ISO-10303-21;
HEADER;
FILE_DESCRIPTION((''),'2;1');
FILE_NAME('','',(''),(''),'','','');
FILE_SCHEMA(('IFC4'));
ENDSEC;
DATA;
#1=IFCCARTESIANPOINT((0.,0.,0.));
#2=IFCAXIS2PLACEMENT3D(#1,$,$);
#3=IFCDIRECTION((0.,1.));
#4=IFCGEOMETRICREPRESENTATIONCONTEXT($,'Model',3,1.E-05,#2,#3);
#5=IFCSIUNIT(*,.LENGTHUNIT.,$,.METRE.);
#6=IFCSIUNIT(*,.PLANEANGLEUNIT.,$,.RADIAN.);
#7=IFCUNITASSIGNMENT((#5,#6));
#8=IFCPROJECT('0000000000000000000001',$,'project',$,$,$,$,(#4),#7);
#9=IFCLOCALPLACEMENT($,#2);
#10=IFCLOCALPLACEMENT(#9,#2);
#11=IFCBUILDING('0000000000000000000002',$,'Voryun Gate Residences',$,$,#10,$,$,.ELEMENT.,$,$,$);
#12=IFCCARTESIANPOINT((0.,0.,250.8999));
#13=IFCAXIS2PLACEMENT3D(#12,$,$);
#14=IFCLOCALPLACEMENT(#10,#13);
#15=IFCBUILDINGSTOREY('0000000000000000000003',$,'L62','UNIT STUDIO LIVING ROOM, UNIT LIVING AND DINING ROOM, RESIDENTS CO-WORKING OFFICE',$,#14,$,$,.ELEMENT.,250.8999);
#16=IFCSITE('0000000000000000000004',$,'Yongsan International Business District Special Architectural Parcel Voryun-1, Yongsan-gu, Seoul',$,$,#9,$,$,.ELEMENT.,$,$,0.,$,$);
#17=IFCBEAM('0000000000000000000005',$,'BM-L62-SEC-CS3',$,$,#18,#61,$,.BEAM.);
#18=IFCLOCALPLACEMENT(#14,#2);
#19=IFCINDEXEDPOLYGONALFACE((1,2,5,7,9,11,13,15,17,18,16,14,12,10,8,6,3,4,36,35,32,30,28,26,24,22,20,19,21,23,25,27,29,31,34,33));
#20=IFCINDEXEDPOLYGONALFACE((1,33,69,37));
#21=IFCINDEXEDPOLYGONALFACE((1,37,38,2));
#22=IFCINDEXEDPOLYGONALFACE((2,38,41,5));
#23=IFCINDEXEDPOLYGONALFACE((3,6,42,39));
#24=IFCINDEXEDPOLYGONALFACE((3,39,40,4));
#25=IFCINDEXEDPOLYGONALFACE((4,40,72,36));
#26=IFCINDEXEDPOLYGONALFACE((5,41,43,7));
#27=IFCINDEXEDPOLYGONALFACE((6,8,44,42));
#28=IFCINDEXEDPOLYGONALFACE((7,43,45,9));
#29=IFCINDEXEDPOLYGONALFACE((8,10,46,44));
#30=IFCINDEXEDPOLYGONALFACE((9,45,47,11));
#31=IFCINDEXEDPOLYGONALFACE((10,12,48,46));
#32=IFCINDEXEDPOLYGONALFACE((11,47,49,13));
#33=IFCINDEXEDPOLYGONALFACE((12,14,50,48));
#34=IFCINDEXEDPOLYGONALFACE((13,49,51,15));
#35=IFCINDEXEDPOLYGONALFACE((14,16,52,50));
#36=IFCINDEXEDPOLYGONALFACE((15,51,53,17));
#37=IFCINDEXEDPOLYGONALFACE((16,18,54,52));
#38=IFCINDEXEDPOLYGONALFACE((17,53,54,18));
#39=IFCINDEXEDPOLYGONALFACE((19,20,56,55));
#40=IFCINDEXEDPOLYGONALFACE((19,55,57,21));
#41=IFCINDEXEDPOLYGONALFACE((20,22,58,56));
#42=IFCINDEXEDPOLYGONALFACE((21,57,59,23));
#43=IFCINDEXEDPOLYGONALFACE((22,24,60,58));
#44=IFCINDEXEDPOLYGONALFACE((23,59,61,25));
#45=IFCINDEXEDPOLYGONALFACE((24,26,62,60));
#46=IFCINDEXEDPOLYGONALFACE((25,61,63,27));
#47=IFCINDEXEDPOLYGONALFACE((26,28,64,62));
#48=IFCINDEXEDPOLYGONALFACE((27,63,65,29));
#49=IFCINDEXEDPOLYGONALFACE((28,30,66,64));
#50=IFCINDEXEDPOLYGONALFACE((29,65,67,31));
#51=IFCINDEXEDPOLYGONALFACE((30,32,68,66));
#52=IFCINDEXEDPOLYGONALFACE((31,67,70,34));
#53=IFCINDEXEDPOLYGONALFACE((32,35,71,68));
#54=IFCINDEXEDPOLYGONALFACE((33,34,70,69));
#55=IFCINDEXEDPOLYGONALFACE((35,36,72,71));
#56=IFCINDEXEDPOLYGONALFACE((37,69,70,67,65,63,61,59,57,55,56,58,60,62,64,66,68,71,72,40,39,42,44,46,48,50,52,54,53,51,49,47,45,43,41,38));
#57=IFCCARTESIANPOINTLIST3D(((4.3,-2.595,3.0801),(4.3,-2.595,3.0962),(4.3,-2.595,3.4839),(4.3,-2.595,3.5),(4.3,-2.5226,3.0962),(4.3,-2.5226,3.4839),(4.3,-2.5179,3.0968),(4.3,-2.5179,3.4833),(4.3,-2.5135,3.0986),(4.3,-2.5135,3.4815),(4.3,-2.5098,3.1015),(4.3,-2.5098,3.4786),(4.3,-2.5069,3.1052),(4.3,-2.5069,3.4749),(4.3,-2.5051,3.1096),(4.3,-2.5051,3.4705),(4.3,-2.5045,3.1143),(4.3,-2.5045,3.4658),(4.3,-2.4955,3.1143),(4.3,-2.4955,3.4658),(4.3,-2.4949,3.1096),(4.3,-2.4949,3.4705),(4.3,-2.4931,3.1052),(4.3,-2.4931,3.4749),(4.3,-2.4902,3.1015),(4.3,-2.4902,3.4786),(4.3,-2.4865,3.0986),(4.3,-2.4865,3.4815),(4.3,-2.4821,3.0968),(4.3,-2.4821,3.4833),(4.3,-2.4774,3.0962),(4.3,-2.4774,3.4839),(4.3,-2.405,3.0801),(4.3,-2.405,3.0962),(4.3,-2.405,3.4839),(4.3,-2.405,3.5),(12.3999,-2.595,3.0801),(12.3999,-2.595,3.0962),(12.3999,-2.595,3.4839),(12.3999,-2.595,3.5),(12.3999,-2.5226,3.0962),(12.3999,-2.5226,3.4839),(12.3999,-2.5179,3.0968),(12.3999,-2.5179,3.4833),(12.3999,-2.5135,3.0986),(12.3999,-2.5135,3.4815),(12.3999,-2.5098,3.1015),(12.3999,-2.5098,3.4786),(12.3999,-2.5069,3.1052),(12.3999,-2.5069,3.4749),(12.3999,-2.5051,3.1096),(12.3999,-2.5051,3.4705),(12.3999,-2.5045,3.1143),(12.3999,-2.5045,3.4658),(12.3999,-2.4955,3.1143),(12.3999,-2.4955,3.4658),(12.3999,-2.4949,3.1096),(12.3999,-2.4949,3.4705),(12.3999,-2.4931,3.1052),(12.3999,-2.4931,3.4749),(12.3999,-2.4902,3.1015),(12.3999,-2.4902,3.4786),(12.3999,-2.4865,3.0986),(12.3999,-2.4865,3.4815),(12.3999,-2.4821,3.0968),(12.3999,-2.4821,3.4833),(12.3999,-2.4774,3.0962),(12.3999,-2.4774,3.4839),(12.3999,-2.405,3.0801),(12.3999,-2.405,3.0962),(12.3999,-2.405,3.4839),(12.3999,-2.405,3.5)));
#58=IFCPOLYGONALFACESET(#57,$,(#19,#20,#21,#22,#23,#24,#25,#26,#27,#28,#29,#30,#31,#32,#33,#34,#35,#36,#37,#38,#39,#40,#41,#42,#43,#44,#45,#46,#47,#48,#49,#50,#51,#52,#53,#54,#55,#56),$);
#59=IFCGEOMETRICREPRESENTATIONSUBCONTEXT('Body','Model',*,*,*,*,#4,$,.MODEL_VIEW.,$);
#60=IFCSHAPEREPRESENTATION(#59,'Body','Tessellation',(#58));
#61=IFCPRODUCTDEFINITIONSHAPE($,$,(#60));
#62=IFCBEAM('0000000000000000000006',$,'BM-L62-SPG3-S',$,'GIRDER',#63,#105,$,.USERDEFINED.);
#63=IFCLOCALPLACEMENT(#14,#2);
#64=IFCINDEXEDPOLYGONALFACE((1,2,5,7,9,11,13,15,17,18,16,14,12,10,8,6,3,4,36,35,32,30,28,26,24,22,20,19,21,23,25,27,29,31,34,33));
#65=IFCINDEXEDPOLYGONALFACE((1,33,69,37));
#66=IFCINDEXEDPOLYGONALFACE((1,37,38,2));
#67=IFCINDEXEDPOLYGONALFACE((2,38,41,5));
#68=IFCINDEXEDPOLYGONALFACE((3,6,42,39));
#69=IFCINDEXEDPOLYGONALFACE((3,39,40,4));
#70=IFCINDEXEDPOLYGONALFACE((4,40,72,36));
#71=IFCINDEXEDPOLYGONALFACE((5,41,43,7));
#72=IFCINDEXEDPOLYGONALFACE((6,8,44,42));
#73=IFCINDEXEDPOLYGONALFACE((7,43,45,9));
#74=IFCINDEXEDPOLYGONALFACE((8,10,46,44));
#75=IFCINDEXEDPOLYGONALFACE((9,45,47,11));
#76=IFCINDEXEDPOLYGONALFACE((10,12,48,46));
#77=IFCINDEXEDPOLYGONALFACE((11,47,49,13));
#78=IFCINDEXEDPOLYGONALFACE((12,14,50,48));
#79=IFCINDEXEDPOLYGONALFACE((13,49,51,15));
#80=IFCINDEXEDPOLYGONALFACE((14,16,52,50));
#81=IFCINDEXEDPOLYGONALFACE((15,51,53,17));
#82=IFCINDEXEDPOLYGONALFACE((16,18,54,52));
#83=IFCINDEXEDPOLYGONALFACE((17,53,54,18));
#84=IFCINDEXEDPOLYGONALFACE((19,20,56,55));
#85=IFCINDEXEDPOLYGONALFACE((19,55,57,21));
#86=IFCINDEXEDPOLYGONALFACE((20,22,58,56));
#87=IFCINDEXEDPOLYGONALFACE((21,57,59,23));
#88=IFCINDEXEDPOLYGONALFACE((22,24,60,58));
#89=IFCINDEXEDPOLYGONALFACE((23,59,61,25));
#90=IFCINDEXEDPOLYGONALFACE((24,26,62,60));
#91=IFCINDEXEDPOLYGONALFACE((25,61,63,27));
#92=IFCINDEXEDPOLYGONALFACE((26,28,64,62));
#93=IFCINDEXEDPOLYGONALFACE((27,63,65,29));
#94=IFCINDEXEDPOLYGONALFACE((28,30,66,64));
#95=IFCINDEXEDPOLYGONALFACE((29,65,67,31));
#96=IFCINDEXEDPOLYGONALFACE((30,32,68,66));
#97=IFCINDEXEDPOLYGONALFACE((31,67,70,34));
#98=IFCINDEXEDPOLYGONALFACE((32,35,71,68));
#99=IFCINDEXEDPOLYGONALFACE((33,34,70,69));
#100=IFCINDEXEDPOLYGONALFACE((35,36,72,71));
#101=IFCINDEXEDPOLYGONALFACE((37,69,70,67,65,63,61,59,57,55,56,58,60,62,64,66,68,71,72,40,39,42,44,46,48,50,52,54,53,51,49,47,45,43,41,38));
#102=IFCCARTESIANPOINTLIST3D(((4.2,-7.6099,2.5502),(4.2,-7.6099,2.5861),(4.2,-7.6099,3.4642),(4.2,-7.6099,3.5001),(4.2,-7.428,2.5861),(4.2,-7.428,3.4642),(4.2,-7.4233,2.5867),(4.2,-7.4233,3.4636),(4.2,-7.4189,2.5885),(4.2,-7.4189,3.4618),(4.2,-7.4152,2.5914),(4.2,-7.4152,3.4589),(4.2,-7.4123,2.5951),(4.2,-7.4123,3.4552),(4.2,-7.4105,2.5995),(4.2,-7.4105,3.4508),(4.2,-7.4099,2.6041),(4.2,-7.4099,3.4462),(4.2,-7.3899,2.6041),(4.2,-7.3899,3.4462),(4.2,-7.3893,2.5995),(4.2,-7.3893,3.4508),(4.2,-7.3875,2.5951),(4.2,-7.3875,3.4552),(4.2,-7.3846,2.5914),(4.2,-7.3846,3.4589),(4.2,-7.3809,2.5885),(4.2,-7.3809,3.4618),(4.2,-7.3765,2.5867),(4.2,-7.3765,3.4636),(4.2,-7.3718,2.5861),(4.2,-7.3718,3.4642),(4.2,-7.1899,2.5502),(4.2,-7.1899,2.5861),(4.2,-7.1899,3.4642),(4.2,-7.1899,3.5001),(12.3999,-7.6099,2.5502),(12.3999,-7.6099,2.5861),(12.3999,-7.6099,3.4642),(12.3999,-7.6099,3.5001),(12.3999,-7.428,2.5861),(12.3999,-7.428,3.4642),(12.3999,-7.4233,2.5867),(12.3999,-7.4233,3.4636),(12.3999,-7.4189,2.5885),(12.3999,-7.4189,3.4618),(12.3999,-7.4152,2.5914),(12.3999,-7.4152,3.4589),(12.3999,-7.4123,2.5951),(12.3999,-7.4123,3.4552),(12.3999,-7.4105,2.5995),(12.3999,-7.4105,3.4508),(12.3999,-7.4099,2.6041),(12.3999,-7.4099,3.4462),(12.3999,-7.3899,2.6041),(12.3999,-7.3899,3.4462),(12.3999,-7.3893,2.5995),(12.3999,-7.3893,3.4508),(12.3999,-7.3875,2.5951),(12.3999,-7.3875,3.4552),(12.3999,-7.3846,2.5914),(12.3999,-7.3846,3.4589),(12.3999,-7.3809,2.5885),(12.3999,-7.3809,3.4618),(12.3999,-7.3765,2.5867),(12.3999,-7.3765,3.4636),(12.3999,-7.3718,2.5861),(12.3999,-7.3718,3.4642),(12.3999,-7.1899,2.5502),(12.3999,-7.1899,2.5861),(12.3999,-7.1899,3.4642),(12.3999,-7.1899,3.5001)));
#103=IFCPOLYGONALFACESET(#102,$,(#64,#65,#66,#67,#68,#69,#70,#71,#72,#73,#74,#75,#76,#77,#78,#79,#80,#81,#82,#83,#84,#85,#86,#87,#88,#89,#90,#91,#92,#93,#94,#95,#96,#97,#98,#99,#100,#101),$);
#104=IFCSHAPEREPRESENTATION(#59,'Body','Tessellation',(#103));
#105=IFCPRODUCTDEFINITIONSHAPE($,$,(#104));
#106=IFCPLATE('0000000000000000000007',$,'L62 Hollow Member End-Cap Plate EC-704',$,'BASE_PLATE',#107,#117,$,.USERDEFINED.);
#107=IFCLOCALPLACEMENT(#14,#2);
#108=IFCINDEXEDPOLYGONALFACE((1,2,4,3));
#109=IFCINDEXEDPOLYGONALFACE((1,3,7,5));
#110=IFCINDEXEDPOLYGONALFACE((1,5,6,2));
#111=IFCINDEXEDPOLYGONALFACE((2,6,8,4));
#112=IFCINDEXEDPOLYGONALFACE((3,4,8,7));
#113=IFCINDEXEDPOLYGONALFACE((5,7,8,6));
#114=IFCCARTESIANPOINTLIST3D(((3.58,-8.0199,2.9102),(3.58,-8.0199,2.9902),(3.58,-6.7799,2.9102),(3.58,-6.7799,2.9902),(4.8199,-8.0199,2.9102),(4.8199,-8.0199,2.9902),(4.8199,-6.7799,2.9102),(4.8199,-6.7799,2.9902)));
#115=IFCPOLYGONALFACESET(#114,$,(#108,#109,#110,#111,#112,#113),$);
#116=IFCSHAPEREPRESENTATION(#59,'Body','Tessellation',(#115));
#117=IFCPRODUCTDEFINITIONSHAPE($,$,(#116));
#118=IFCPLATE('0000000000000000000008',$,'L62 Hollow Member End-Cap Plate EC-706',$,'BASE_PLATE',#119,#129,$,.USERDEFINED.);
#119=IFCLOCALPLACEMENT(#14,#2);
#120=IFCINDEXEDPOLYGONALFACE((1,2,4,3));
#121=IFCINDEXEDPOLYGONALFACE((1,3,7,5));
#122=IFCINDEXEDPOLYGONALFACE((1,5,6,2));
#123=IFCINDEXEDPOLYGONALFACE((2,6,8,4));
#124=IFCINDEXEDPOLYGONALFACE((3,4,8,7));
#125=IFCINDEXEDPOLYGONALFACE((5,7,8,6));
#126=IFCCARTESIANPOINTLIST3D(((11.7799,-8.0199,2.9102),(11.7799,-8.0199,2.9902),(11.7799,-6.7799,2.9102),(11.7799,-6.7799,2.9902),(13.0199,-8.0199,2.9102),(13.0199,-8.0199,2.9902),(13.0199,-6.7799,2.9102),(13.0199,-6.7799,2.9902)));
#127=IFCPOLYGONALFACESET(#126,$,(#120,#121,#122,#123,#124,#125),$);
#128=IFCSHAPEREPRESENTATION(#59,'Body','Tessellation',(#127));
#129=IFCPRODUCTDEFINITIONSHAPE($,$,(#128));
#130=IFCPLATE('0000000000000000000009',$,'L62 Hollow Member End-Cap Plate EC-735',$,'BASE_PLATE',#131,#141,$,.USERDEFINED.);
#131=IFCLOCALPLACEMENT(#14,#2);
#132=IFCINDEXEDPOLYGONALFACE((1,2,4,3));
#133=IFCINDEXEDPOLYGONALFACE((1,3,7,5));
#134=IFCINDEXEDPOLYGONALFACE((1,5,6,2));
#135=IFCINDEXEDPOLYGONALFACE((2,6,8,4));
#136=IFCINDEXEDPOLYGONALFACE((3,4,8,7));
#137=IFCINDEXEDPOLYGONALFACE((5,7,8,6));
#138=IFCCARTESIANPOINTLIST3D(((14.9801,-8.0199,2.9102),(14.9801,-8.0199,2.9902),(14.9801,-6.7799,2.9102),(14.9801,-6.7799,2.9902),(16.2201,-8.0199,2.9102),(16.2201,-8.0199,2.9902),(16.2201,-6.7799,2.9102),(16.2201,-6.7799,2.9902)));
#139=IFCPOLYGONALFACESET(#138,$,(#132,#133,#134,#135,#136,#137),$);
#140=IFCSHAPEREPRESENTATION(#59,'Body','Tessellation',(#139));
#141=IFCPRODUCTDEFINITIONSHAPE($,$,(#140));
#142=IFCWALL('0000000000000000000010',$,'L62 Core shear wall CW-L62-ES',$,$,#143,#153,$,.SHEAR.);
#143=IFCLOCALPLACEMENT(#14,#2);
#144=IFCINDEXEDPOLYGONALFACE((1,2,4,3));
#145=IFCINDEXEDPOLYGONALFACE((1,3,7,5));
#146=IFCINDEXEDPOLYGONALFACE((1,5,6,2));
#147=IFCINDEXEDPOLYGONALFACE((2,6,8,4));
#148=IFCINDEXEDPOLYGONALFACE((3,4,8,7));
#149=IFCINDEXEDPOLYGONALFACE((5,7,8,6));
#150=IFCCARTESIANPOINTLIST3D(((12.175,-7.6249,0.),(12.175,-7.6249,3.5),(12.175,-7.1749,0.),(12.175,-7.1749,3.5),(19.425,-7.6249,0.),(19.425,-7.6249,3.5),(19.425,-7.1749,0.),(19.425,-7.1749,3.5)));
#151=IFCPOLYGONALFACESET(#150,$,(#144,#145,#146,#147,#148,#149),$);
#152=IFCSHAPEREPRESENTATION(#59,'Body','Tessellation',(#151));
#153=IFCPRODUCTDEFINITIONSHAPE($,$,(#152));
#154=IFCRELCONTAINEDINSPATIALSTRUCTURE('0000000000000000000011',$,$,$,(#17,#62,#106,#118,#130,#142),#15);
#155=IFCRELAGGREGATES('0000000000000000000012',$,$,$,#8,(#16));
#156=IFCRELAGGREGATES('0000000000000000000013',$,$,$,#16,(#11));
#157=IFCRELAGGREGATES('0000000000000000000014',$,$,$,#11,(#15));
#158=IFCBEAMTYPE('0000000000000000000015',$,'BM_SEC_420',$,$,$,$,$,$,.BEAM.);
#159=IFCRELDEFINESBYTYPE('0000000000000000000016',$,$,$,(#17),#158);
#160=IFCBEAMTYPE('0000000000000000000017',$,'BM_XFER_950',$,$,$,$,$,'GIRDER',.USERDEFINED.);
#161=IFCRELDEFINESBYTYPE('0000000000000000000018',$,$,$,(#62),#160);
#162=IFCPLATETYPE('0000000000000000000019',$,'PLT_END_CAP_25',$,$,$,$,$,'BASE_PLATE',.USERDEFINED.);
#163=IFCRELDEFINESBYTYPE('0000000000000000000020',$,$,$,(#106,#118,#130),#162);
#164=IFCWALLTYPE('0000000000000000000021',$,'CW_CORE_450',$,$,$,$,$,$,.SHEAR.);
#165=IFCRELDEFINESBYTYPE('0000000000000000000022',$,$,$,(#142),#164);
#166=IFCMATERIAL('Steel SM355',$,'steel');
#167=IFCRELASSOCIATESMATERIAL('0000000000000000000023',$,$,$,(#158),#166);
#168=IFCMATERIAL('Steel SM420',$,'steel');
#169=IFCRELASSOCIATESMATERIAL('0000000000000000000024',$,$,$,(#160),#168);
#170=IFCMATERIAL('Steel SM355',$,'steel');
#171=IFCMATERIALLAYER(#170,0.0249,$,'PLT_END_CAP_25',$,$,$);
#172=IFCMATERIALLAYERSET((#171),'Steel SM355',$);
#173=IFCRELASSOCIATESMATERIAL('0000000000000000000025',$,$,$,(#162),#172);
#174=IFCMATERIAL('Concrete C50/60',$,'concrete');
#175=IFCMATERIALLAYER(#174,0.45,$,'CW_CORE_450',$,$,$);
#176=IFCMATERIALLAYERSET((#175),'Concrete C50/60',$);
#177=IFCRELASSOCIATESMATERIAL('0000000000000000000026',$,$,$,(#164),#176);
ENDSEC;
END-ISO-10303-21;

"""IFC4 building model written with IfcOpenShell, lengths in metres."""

from ifc_helpers import new_model, si_unit, direction, frame, frame_2d, origin, origin_2d, place, context, subcontext, project, spatial, rectangle, i_section, extrude, material, layer, layer_set, material_profile, profile_set, type_object, element, save


model = new_model("IFC4")

# Units and contexts
model_context = context("Model", 3, precision=1e-05, world=origin(), true_north=direction((0.0, 1.0)))
body_context = subcontext(model_context, "Body", "Model", "MODEL_VIEW")
ifc_project = project(units=[si_unit("LENGTHUNIT", "METRE"), si_unit("PLANEANGLEUNIT", "RADIAN")], contexts=[model_context])

# Site, building, storey
site_placement = place(None, origin())
site = spatial("IfcSite", under=ifc_project, at=site_placement, Name="Yongsan International Business District Special Architectural Parcel Voryun-1, Yongsan-gu, Seoul", CompositionType="ELEMENT", RefElevation=0.0)
building_placement = place(site_placement, origin())
building = spatial("IfcBuilding", under=site, at=building_placement, Name="Voryun Gate Residences", CompositionType="ELEMENT")
storey_placement = place(building_placement, frame((0.0, 0.0, 250.8999)))
storey = spatial("IfcBuildingStorey", under=building, at=storey_placement, Name="L62", Description="UNIT STUDIO LIVING ROOM, UNIT LIVING AND DINING ROOM, RESIDENTS CO-WORKING OFFICE", CompositionType="ELEMENT", Elevation=250.8999)

# Beams
ifc_material_1 = material(Name="Steel SM355", Category="steel")
ifc_material_profile_1 = material_profile(ifc_material_1, i_section(OverallWidth=0.1899, OverallDepth=0.4199, WebThickness=0.009, FlangeThickness=0.0161, FilletRadius=0.0181, at=origin_2d()), Name="H-420x190x9x16")
ifc_profile_set_1 = profile_set([ifc_material_profile_1], Name="Steel SM355")
beam_type_1 = type_object("IfcBeamType", Name="BM_SEC_420", PredefinedType="BEAM", material=ifc_profile_set_1)
beam_1_placement = place(storey_placement, frame((4.3, -2.5, 3.29), z_axis=(1.0, 0.0, 0.0), x_axis=(0.0, 1.0, 0.0)))
element("IfcBeam", 1, at=beam_1_placement, inside=storey, type_object=beam_type_1, Name="BM-L62-SEC-CS3", PredefinedType="BEAM", context=body_context, shape_type="SweptSolid", body=[
    extrude(i_section(OverallWidth=0.1899, OverallDepth=0.4199, WebThickness=0.009, FlangeThickness=0.0161, FilletRadius=0.0181, at=origin_2d()), origin(), (0.0, 0.0, 1.0), 8.0999),
])
ifc_material_2 = material(Name="Steel SM420", Category="steel")
ifc_material_profile_2 = material_profile(ifc_material_2, i_section(OverallWidth=0.4199, OverallDepth=0.95, WebThickness=0.02, FlangeThickness=0.0359, FilletRadius=0.0181, at=origin_2d()), Name="H-950x420x20x36")
ifc_profile_set_2 = profile_set([ifc_material_profile_2], Name="Steel SM420")
beam_type_2 = type_object("IfcBeamType", Name="BM_XFER_950", ElementType="GIRDER", PredefinedType="USERDEFINED", material=ifc_profile_set_2)
beam_2_placement = place(storey_placement, frame((4.2, -7.3999, 3.0251), z_axis=(1.0, 0.0, 0.0), x_axis=(0.0, 1.0, 0.0)))
element("IfcBeam", 2, at=beam_2_placement, inside=storey, type_object=beam_type_2, Name="BM-L62-SPG3-S", ObjectType="GIRDER", PredefinedType="USERDEFINED", context=body_context, shape_type="SweptSolid", body=[
    extrude(i_section(OverallWidth=0.4199, OverallDepth=0.95, WebThickness=0.02, FlangeThickness=0.0359, FilletRadius=0.0181, at=origin_2d()), origin(), (0.0, 0.0, 1.0), 8.2),
])

# Plates
ifc_material_3 = material(Name="Steel SM355", Category="steel")
ifc_layer_1 = layer(ifc_material_3, 0.0249, Name="PLT_END_CAP_25")
ifc_layer_set_1 = layer_set([ifc_layer_1], Name="Steel SM355")
plate_type = type_object("IfcPlateType", Name="PLT_END_CAP_25", ElementType="BASE_PLATE", PredefinedType="USERDEFINED", material=ifc_layer_set_1)
for number, where, z_axis, x_axis, name in (
    (3, (4.2, -7.3999, 2.9102), (0.0, 0.0, 1.0), (1.0, 0.0, 0.0), "L62 Hollow Member End-Cap Plate EC-704"),
    (4, (12.3999, -7.3999, 2.9102), (0.0, 0.0, 1.0), (1.0, 0.0, 0.0), "L62 Hollow Member End-Cap Plate EC-706"),
    (5, (15.6001, -7.3999, 2.9102), (0.0, 0.0, 1.0), (1.0, 0.0, 0.0), "L62 Hollow Member End-Cap Plate EC-735"),
):
    element("IfcPlate", number, at=place(storey_placement, frame(where, z_axis=z_axis, x_axis=x_axis)), inside=storey, type_object=plate_type, Name=name, ObjectType="BASE_PLATE", PredefinedType="USERDEFINED", context=body_context, shape_type="SweptSolid", body=[
        extrude(rectangle(XDim=1.24, YDim=1.24, at=origin_2d()), origin(), (0.0, 0.0, 1.0), 0.0801),
    ])

# Wall
ifc_material_4 = material(Name="Concrete C50/60", Category="concrete")
ifc_layer_2 = layer(ifc_material_4, 0.45, Name="CW_CORE_450")
ifc_layer_set_2 = layer_set([ifc_layer_2], Name="Concrete C50/60")
wall_type_1 = type_object("IfcWallType", Name="CW_CORE_450", PredefinedType="SHEAR", material=ifc_layer_set_2)
wall_1_placement = place(storey_placement, frame((12.175, -7.3999, 0.0), z_axis=(0.0, 0.0, 1.0), x_axis=(1.0, 0.0, 0.0)))
element("IfcWall", 6, at=wall_1_placement, inside=storey, type_object=wall_type_1, Name="L62 Core shear wall CW-L62-ES", PredefinedType="SHEAR", context=body_context, shape_type="SweptSolid", body=[
    extrude(rectangle(XDim=7.25, YDim=0.45, at=frame_2d((3.625, 0.0))), origin(), (0.0, 0.0, 1.0), 3.5),
])

save(model, "model.ifc")
